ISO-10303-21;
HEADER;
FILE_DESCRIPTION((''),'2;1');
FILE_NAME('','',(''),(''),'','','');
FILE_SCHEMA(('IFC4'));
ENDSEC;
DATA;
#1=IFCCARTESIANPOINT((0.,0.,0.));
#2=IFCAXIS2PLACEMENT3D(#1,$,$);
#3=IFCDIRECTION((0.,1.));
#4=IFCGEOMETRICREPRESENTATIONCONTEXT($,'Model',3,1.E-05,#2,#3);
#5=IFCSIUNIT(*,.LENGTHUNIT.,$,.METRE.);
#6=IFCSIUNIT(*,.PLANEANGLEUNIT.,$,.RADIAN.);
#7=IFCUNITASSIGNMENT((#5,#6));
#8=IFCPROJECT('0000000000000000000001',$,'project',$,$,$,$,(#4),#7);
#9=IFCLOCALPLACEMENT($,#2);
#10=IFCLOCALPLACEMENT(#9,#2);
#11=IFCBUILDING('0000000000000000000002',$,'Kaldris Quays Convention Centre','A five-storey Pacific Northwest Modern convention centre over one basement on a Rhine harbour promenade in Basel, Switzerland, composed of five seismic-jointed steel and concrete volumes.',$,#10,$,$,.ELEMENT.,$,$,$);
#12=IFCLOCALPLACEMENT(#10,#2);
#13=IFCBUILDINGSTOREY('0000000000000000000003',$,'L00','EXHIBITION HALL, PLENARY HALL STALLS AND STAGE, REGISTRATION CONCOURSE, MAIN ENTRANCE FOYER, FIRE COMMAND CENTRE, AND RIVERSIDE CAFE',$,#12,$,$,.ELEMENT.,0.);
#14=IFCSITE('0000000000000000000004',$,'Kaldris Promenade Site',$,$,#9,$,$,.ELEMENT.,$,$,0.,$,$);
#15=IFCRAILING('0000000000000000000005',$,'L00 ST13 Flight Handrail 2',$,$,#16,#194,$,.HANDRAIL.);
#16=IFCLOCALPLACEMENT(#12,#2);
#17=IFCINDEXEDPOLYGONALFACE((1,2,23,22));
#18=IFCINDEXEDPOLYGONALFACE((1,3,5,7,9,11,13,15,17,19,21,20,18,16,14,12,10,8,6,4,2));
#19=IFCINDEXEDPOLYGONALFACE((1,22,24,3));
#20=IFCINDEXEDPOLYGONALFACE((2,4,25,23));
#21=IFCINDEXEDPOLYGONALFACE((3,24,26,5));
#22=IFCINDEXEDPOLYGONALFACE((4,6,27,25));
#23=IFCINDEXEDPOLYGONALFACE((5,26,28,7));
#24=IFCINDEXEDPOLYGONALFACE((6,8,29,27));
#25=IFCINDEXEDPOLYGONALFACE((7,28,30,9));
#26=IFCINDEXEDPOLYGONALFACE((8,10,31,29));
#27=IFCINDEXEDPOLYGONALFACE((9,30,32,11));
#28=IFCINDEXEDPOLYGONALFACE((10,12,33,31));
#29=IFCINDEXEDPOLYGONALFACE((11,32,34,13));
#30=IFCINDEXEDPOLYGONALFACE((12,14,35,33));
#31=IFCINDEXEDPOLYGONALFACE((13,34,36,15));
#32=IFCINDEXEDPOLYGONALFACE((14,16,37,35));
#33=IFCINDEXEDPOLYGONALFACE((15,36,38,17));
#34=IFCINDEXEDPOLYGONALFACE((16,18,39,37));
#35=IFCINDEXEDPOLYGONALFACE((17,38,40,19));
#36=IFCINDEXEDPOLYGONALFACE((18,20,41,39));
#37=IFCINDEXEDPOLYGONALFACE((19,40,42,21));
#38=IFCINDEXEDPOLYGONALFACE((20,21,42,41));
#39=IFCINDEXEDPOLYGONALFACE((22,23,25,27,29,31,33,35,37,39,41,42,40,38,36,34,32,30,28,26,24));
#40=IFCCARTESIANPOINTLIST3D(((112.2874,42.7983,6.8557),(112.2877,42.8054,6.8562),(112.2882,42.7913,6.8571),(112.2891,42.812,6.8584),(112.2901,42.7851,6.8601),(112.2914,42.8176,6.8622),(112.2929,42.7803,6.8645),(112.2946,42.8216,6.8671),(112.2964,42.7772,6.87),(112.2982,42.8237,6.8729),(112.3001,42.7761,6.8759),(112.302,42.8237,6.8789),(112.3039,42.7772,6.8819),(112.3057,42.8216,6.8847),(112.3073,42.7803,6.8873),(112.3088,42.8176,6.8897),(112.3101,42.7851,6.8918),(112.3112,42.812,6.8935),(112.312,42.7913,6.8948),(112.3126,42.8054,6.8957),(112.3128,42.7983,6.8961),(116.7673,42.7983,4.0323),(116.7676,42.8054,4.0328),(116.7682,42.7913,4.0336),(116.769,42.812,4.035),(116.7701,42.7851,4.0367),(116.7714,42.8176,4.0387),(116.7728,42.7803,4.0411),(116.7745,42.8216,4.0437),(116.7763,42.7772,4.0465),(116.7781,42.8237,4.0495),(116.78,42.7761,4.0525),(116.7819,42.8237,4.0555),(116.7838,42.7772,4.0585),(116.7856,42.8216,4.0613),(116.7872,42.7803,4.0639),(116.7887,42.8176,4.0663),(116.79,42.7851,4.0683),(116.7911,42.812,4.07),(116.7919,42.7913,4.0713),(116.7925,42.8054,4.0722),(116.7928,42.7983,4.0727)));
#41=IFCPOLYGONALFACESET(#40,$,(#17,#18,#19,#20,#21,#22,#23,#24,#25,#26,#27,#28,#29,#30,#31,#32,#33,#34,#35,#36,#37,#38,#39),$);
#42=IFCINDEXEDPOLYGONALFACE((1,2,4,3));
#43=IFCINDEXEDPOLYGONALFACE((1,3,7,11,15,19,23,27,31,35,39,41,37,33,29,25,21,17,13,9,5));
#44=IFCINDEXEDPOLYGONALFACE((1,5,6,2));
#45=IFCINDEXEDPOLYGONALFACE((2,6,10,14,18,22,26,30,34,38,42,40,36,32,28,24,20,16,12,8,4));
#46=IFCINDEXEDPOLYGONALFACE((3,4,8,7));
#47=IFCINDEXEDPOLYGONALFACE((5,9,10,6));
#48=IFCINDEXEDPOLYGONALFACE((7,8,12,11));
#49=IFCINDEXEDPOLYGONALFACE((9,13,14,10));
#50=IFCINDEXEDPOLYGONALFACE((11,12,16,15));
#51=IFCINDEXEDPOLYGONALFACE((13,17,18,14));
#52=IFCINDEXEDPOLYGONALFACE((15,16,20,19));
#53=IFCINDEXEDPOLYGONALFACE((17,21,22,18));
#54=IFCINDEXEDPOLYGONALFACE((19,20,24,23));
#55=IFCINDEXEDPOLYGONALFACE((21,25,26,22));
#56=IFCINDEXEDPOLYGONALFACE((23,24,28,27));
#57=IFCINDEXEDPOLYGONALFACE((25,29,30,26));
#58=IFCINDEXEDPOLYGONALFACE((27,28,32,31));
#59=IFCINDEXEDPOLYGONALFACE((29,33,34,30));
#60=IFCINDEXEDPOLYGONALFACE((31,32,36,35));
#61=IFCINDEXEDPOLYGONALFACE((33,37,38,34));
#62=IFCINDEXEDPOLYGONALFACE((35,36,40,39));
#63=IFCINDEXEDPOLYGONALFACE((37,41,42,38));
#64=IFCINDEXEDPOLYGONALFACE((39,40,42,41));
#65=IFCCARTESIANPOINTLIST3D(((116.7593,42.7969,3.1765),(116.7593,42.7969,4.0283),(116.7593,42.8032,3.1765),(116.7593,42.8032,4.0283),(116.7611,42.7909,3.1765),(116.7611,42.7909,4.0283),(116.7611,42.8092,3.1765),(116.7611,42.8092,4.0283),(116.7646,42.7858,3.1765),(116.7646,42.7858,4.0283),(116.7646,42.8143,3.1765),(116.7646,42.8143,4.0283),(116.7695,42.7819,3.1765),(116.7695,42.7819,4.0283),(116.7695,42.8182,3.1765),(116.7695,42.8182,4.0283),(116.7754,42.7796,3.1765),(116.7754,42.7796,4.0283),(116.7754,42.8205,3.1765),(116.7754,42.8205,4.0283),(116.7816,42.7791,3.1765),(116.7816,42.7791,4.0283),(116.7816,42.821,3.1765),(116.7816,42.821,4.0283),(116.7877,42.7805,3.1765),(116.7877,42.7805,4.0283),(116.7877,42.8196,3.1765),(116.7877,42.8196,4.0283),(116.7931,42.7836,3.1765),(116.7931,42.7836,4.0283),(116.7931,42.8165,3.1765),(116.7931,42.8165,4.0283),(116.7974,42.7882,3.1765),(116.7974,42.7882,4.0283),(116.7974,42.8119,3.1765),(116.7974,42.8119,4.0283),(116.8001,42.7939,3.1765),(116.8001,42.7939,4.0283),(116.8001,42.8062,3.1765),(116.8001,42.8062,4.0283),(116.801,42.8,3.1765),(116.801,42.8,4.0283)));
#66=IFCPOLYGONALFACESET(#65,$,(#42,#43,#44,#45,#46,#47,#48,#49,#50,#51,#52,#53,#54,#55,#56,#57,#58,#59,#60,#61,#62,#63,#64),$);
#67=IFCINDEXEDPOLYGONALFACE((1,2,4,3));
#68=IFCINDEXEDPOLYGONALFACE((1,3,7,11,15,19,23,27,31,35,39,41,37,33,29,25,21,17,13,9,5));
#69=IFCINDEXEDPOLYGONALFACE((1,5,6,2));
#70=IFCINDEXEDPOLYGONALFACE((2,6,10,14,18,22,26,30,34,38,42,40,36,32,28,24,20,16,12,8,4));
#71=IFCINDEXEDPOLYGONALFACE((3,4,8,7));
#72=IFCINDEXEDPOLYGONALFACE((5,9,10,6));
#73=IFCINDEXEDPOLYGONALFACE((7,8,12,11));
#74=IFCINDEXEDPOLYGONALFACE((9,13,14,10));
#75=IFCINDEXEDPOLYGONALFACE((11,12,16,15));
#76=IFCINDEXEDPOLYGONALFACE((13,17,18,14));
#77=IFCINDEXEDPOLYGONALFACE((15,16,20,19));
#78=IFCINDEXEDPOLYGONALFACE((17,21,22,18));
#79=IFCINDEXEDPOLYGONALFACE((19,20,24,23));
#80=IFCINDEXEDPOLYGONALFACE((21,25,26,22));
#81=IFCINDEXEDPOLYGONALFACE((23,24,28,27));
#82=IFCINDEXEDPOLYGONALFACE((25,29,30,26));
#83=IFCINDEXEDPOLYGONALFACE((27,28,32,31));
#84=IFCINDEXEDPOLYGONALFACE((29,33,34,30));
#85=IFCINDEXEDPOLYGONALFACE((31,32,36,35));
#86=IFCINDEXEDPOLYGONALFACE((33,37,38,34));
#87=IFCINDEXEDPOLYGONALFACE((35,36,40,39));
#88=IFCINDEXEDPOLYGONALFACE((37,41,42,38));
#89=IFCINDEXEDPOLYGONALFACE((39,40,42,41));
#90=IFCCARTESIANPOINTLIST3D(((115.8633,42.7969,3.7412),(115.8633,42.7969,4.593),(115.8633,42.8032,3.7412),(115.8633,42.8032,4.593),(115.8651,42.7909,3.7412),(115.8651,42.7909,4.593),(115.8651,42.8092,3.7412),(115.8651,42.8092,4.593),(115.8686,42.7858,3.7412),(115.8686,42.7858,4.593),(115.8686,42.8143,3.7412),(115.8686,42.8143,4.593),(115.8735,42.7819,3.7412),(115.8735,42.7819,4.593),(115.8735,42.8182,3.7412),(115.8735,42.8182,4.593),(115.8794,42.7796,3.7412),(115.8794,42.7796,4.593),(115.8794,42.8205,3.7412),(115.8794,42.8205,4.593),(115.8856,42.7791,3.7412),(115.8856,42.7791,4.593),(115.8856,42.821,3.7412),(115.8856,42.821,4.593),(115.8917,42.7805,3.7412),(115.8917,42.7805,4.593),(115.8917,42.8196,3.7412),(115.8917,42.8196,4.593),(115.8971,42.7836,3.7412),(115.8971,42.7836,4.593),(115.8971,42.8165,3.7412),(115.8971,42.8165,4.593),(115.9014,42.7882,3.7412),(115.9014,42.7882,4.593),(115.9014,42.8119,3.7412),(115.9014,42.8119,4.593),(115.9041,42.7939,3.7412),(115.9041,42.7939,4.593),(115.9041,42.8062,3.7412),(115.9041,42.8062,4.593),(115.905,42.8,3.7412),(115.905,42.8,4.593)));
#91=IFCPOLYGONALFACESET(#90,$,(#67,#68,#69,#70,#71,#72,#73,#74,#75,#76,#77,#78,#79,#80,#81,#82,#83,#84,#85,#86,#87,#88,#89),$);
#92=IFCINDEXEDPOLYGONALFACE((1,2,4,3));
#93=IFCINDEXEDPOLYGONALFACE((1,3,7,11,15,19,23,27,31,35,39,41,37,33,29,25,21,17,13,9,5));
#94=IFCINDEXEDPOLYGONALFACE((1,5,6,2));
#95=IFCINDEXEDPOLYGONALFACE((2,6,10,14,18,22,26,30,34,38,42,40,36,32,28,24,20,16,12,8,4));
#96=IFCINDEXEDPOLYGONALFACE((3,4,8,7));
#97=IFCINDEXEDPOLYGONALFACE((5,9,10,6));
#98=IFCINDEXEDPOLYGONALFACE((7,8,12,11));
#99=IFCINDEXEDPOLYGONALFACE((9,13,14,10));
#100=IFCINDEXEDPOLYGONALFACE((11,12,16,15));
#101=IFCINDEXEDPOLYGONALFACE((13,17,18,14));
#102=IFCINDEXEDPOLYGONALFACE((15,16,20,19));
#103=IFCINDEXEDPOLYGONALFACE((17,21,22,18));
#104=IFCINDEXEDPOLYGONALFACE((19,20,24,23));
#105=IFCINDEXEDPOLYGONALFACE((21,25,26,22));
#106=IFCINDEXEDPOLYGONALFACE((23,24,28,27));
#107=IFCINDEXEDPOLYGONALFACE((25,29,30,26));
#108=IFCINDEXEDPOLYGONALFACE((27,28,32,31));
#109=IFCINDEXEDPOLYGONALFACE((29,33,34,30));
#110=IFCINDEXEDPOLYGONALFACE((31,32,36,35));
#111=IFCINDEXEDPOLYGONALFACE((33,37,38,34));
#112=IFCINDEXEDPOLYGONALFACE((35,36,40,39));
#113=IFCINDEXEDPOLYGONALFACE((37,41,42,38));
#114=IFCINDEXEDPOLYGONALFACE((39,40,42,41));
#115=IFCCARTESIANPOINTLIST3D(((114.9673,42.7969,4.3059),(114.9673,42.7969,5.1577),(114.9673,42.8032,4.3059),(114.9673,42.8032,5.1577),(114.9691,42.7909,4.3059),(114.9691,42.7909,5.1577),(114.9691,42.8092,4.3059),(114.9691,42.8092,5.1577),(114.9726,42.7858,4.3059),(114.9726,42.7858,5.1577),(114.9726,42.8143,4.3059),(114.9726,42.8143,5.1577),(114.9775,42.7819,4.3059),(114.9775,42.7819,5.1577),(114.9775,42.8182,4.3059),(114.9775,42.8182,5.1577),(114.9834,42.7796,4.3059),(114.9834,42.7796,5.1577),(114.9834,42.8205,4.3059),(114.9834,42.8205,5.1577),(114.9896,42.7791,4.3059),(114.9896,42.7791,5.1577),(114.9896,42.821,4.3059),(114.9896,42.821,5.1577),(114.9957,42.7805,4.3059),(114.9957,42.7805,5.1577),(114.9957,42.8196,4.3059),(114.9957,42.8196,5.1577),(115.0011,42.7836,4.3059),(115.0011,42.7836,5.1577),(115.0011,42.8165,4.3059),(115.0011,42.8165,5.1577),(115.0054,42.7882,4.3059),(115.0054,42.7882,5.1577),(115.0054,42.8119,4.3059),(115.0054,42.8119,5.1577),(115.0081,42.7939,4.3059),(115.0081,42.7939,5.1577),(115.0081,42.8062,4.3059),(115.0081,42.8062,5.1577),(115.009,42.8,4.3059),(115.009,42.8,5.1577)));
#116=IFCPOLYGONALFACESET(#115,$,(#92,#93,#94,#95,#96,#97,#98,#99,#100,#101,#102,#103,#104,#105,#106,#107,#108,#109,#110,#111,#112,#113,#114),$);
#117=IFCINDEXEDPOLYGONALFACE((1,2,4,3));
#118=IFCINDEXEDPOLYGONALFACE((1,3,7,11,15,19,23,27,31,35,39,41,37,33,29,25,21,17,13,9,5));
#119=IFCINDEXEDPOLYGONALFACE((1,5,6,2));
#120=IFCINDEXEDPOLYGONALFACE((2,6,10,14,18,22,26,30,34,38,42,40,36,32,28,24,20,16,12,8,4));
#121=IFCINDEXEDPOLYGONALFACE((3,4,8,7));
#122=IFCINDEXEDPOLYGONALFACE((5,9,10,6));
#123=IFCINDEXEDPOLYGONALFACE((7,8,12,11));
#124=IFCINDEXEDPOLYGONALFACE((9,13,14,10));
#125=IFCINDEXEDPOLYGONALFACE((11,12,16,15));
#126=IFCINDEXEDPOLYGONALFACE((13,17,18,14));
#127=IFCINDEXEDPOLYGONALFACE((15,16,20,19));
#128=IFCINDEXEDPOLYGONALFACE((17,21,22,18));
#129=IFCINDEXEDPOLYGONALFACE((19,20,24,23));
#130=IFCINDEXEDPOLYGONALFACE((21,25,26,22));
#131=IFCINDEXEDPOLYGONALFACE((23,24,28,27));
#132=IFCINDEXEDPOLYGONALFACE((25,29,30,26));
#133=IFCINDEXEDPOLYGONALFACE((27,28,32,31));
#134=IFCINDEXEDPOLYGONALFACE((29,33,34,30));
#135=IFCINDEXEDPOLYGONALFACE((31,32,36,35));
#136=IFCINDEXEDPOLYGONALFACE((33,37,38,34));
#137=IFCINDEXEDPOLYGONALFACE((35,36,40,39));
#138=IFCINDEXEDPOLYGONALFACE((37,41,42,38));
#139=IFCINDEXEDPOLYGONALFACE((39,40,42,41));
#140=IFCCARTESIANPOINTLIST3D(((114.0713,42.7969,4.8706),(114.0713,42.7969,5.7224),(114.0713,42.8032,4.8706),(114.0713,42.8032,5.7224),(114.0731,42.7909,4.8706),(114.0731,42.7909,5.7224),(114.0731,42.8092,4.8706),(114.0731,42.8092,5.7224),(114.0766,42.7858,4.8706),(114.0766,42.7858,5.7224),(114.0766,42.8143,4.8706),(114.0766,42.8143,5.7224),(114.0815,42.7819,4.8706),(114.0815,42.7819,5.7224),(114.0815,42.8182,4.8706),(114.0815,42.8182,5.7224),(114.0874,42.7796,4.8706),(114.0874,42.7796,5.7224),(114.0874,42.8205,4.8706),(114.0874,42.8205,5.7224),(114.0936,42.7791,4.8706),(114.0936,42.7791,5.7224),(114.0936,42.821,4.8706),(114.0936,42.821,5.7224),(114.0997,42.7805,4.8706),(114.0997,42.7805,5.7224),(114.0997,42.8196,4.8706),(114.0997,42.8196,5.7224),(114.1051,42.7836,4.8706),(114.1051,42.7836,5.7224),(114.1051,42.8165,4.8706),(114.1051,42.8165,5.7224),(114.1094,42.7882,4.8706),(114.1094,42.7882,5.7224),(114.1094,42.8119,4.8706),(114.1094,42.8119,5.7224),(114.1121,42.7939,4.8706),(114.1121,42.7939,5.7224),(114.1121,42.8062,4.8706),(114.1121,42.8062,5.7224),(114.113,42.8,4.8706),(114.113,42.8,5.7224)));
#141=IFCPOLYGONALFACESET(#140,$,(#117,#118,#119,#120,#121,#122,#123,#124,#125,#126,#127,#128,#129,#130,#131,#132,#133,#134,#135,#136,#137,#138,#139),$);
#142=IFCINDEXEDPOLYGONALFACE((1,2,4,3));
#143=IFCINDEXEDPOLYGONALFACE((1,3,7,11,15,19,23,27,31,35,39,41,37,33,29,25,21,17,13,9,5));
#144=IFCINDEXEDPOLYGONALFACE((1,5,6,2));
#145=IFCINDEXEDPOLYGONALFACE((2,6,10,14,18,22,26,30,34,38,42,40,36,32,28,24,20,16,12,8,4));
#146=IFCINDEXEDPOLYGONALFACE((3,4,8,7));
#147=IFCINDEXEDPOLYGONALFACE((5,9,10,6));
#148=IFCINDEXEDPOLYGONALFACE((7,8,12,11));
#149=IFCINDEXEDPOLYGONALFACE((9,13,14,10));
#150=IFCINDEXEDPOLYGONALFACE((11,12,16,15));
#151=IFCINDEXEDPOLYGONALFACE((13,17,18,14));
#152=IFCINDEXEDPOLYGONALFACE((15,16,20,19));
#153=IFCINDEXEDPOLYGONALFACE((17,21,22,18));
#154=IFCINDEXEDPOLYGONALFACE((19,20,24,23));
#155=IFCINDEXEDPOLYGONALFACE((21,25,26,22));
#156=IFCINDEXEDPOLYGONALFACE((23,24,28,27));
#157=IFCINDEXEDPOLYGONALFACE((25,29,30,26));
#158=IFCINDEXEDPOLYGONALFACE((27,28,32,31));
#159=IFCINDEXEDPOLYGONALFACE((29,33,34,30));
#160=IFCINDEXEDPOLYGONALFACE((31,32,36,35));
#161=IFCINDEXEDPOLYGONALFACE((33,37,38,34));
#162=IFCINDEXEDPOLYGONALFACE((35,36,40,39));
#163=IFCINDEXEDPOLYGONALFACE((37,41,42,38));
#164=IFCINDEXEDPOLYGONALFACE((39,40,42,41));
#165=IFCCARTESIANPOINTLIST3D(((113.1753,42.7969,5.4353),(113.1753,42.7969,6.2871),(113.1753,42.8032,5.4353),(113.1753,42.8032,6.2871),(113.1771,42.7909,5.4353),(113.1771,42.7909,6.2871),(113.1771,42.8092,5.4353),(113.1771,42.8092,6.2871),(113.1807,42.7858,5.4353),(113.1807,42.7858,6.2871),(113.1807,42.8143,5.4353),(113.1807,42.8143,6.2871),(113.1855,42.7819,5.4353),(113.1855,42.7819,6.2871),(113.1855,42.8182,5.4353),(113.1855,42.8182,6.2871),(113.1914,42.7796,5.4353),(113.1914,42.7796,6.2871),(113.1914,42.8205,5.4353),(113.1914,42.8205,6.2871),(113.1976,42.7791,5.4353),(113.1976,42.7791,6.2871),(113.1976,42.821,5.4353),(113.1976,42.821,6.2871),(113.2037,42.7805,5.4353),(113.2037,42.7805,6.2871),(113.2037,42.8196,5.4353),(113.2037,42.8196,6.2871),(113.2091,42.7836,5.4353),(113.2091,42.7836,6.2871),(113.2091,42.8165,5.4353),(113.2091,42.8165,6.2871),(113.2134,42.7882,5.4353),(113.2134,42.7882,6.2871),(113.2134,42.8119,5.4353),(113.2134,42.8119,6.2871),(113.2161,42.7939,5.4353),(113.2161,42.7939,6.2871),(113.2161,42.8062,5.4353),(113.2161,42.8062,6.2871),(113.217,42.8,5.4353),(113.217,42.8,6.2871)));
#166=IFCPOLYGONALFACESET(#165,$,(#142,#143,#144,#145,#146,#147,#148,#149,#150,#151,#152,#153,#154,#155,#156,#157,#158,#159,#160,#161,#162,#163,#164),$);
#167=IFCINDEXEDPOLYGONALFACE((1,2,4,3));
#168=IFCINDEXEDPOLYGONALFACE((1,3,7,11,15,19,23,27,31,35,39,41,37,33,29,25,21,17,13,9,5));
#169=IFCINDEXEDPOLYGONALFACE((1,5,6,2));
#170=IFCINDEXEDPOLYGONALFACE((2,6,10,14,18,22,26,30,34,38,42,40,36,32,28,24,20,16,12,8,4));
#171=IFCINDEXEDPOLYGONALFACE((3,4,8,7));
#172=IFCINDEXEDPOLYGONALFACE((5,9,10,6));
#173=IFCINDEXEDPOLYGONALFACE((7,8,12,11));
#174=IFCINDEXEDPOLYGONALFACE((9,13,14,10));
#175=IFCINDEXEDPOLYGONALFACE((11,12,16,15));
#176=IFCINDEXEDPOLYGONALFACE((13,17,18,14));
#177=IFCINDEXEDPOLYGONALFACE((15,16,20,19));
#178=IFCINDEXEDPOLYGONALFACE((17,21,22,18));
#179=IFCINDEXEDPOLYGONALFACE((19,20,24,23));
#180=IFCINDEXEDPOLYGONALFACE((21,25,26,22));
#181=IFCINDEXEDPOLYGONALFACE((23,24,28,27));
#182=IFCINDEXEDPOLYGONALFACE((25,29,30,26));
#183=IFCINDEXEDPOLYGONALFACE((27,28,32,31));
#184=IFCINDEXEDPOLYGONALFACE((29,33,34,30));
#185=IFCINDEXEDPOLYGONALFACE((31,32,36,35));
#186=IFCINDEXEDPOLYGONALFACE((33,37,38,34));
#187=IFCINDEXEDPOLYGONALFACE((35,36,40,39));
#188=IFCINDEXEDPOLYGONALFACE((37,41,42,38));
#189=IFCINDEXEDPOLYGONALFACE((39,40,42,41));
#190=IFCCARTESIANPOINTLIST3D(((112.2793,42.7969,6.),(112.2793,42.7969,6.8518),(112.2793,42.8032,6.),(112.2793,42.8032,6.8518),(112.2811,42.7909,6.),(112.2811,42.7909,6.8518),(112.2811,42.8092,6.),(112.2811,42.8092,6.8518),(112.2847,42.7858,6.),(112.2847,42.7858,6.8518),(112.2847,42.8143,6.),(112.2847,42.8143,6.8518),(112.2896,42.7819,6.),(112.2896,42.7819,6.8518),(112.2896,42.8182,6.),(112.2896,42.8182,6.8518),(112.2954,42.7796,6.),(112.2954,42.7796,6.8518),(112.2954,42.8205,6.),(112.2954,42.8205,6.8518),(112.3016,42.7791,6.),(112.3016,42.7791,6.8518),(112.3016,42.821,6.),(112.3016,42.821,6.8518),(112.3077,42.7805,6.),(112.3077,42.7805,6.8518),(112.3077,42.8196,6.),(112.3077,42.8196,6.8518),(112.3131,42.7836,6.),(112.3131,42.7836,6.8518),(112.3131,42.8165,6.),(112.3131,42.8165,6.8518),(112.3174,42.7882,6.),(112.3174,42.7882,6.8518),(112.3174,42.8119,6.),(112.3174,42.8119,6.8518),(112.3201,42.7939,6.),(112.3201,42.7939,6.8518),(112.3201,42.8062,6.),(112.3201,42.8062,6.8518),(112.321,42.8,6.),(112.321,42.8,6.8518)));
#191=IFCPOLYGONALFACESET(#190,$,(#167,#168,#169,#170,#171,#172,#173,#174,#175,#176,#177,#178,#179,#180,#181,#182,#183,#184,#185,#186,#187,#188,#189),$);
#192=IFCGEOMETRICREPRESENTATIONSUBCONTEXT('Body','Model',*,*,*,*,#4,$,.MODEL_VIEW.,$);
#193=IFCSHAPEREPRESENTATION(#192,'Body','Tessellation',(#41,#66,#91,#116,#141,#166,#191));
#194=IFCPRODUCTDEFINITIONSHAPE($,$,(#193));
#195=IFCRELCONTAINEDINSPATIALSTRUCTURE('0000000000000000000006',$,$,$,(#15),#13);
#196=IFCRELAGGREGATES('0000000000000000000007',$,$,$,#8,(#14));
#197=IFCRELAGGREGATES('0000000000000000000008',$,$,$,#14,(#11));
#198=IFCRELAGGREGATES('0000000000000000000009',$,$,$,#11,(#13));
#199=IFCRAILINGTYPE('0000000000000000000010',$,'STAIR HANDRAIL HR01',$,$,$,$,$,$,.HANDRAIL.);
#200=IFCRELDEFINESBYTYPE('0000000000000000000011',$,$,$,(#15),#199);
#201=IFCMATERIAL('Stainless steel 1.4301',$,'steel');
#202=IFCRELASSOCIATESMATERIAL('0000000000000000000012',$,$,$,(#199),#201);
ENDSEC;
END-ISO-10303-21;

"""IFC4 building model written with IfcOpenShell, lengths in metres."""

from ifc_helpers import new_model, si_unit, direction, frame, origin, origin_2d, place, context, subcontext, project, spatial, circle, extrude, material, type_object, element, save


model = new_model("IFC4")

# Units and contexts
model_context = context("Model", 3, precision=1e-05, world=origin(), true_north=direction((0.0, 1.0)))
body_context = subcontext(model_context, "Body", "Model", "MODEL_VIEW")
ifc_project = project(units=[si_unit("LENGTHUNIT", "METRE"), si_unit("PLANEANGLEUNIT", "RADIAN")], contexts=[model_context])

# Site, building, storey
site_placement = place(None, origin())
site = spatial("IfcSite", under=ifc_project, at=site_placement, Name="Kaldris Promenade Site", CompositionType="ELEMENT", RefElevation=0.0)
building_placement = place(site_placement, origin())
building = spatial("IfcBuilding", under=site, at=building_placement, Name="Kaldris Quays Convention Centre", Description="A five-storey Pacific Northwest Modern convention centre over one basement on a Rhine harbour promenade in Basel, Switzerland, composed of five seismic-jointed steel and concrete volumes.", CompositionType="ELEMENT")
storey_placement = place(building_placement, origin())
storey = spatial("IfcBuildingStorey", under=building, at=storey_placement, Name="L00", Description="EXHIBITION HALL, PLENARY HALL STALLS AND STAGE, REGISTRATION CONCOURSE, MAIN ENTRANCE FOYER, FIRE COMMAND CENTRE, AND RIVERSIDE CAFE", CompositionType="ELEMENT", Elevation=0.0)

# Railing
ifc_material_1 = material(Name="Stainless steel 1.4301", Category="steel")
railing_type_1 = type_object("IfcRailingType", Name="STAIR HANDRAIL HR01", PredefinedType="HANDRAIL", material=ifc_material_1)
railing_1_placement = place(storey_placement, frame((116.78, 42.8, 3.1765)))
element("IfcRailing", 1, at=railing_1_placement, inside=storey, type_object=railing_type_1, Name="L00 ST13 Flight Handrail 2", PredefinedType="HANDRAIL", context=body_context, shape_type="SweptSolid", body=[
    extrude(circle(Radius=0.0239, at=origin_2d()), frame((0.0, 0.0, 0.876), z_axis=(-0.845998, 0.0, 0.533186), x_axis=(0.0, -1.0, 0.0)), (0.0, 0.0, 1.0), 5.2954),
    extrude(circle(Radius=0.021, at=origin_2d()), origin(), (0.0, 0.0, 1.0), 0.8518),
    extrude(circle(Radius=0.021, at=origin_2d()), frame((-0.896, 0.0, 0.5647)), (0.0, 0.0, 1.0), 0.8518),
    extrude(circle(Radius=0.021, at=origin_2d()), frame((-1.792, 0.0, 1.1294)), (0.0, 0.0, 1.0), 0.8518),
    extrude(circle(Radius=0.021, at=origin_2d()), frame((-2.688, 0.0, 1.6941)), (0.0, 0.0, 1.0), 0.8518),
    extrude(circle(Radius=0.021, at=origin_2d()), frame((-3.584, 0.0, 2.2588)), (0.0, 0.0, 1.0), 0.8518),
    extrude(circle(Radius=0.021, at=origin_2d()), frame((-4.48, 0.0, 2.8235)), (0.0, 0.0, 1.0), 0.8518),
])

save(model, "model.ifc")
